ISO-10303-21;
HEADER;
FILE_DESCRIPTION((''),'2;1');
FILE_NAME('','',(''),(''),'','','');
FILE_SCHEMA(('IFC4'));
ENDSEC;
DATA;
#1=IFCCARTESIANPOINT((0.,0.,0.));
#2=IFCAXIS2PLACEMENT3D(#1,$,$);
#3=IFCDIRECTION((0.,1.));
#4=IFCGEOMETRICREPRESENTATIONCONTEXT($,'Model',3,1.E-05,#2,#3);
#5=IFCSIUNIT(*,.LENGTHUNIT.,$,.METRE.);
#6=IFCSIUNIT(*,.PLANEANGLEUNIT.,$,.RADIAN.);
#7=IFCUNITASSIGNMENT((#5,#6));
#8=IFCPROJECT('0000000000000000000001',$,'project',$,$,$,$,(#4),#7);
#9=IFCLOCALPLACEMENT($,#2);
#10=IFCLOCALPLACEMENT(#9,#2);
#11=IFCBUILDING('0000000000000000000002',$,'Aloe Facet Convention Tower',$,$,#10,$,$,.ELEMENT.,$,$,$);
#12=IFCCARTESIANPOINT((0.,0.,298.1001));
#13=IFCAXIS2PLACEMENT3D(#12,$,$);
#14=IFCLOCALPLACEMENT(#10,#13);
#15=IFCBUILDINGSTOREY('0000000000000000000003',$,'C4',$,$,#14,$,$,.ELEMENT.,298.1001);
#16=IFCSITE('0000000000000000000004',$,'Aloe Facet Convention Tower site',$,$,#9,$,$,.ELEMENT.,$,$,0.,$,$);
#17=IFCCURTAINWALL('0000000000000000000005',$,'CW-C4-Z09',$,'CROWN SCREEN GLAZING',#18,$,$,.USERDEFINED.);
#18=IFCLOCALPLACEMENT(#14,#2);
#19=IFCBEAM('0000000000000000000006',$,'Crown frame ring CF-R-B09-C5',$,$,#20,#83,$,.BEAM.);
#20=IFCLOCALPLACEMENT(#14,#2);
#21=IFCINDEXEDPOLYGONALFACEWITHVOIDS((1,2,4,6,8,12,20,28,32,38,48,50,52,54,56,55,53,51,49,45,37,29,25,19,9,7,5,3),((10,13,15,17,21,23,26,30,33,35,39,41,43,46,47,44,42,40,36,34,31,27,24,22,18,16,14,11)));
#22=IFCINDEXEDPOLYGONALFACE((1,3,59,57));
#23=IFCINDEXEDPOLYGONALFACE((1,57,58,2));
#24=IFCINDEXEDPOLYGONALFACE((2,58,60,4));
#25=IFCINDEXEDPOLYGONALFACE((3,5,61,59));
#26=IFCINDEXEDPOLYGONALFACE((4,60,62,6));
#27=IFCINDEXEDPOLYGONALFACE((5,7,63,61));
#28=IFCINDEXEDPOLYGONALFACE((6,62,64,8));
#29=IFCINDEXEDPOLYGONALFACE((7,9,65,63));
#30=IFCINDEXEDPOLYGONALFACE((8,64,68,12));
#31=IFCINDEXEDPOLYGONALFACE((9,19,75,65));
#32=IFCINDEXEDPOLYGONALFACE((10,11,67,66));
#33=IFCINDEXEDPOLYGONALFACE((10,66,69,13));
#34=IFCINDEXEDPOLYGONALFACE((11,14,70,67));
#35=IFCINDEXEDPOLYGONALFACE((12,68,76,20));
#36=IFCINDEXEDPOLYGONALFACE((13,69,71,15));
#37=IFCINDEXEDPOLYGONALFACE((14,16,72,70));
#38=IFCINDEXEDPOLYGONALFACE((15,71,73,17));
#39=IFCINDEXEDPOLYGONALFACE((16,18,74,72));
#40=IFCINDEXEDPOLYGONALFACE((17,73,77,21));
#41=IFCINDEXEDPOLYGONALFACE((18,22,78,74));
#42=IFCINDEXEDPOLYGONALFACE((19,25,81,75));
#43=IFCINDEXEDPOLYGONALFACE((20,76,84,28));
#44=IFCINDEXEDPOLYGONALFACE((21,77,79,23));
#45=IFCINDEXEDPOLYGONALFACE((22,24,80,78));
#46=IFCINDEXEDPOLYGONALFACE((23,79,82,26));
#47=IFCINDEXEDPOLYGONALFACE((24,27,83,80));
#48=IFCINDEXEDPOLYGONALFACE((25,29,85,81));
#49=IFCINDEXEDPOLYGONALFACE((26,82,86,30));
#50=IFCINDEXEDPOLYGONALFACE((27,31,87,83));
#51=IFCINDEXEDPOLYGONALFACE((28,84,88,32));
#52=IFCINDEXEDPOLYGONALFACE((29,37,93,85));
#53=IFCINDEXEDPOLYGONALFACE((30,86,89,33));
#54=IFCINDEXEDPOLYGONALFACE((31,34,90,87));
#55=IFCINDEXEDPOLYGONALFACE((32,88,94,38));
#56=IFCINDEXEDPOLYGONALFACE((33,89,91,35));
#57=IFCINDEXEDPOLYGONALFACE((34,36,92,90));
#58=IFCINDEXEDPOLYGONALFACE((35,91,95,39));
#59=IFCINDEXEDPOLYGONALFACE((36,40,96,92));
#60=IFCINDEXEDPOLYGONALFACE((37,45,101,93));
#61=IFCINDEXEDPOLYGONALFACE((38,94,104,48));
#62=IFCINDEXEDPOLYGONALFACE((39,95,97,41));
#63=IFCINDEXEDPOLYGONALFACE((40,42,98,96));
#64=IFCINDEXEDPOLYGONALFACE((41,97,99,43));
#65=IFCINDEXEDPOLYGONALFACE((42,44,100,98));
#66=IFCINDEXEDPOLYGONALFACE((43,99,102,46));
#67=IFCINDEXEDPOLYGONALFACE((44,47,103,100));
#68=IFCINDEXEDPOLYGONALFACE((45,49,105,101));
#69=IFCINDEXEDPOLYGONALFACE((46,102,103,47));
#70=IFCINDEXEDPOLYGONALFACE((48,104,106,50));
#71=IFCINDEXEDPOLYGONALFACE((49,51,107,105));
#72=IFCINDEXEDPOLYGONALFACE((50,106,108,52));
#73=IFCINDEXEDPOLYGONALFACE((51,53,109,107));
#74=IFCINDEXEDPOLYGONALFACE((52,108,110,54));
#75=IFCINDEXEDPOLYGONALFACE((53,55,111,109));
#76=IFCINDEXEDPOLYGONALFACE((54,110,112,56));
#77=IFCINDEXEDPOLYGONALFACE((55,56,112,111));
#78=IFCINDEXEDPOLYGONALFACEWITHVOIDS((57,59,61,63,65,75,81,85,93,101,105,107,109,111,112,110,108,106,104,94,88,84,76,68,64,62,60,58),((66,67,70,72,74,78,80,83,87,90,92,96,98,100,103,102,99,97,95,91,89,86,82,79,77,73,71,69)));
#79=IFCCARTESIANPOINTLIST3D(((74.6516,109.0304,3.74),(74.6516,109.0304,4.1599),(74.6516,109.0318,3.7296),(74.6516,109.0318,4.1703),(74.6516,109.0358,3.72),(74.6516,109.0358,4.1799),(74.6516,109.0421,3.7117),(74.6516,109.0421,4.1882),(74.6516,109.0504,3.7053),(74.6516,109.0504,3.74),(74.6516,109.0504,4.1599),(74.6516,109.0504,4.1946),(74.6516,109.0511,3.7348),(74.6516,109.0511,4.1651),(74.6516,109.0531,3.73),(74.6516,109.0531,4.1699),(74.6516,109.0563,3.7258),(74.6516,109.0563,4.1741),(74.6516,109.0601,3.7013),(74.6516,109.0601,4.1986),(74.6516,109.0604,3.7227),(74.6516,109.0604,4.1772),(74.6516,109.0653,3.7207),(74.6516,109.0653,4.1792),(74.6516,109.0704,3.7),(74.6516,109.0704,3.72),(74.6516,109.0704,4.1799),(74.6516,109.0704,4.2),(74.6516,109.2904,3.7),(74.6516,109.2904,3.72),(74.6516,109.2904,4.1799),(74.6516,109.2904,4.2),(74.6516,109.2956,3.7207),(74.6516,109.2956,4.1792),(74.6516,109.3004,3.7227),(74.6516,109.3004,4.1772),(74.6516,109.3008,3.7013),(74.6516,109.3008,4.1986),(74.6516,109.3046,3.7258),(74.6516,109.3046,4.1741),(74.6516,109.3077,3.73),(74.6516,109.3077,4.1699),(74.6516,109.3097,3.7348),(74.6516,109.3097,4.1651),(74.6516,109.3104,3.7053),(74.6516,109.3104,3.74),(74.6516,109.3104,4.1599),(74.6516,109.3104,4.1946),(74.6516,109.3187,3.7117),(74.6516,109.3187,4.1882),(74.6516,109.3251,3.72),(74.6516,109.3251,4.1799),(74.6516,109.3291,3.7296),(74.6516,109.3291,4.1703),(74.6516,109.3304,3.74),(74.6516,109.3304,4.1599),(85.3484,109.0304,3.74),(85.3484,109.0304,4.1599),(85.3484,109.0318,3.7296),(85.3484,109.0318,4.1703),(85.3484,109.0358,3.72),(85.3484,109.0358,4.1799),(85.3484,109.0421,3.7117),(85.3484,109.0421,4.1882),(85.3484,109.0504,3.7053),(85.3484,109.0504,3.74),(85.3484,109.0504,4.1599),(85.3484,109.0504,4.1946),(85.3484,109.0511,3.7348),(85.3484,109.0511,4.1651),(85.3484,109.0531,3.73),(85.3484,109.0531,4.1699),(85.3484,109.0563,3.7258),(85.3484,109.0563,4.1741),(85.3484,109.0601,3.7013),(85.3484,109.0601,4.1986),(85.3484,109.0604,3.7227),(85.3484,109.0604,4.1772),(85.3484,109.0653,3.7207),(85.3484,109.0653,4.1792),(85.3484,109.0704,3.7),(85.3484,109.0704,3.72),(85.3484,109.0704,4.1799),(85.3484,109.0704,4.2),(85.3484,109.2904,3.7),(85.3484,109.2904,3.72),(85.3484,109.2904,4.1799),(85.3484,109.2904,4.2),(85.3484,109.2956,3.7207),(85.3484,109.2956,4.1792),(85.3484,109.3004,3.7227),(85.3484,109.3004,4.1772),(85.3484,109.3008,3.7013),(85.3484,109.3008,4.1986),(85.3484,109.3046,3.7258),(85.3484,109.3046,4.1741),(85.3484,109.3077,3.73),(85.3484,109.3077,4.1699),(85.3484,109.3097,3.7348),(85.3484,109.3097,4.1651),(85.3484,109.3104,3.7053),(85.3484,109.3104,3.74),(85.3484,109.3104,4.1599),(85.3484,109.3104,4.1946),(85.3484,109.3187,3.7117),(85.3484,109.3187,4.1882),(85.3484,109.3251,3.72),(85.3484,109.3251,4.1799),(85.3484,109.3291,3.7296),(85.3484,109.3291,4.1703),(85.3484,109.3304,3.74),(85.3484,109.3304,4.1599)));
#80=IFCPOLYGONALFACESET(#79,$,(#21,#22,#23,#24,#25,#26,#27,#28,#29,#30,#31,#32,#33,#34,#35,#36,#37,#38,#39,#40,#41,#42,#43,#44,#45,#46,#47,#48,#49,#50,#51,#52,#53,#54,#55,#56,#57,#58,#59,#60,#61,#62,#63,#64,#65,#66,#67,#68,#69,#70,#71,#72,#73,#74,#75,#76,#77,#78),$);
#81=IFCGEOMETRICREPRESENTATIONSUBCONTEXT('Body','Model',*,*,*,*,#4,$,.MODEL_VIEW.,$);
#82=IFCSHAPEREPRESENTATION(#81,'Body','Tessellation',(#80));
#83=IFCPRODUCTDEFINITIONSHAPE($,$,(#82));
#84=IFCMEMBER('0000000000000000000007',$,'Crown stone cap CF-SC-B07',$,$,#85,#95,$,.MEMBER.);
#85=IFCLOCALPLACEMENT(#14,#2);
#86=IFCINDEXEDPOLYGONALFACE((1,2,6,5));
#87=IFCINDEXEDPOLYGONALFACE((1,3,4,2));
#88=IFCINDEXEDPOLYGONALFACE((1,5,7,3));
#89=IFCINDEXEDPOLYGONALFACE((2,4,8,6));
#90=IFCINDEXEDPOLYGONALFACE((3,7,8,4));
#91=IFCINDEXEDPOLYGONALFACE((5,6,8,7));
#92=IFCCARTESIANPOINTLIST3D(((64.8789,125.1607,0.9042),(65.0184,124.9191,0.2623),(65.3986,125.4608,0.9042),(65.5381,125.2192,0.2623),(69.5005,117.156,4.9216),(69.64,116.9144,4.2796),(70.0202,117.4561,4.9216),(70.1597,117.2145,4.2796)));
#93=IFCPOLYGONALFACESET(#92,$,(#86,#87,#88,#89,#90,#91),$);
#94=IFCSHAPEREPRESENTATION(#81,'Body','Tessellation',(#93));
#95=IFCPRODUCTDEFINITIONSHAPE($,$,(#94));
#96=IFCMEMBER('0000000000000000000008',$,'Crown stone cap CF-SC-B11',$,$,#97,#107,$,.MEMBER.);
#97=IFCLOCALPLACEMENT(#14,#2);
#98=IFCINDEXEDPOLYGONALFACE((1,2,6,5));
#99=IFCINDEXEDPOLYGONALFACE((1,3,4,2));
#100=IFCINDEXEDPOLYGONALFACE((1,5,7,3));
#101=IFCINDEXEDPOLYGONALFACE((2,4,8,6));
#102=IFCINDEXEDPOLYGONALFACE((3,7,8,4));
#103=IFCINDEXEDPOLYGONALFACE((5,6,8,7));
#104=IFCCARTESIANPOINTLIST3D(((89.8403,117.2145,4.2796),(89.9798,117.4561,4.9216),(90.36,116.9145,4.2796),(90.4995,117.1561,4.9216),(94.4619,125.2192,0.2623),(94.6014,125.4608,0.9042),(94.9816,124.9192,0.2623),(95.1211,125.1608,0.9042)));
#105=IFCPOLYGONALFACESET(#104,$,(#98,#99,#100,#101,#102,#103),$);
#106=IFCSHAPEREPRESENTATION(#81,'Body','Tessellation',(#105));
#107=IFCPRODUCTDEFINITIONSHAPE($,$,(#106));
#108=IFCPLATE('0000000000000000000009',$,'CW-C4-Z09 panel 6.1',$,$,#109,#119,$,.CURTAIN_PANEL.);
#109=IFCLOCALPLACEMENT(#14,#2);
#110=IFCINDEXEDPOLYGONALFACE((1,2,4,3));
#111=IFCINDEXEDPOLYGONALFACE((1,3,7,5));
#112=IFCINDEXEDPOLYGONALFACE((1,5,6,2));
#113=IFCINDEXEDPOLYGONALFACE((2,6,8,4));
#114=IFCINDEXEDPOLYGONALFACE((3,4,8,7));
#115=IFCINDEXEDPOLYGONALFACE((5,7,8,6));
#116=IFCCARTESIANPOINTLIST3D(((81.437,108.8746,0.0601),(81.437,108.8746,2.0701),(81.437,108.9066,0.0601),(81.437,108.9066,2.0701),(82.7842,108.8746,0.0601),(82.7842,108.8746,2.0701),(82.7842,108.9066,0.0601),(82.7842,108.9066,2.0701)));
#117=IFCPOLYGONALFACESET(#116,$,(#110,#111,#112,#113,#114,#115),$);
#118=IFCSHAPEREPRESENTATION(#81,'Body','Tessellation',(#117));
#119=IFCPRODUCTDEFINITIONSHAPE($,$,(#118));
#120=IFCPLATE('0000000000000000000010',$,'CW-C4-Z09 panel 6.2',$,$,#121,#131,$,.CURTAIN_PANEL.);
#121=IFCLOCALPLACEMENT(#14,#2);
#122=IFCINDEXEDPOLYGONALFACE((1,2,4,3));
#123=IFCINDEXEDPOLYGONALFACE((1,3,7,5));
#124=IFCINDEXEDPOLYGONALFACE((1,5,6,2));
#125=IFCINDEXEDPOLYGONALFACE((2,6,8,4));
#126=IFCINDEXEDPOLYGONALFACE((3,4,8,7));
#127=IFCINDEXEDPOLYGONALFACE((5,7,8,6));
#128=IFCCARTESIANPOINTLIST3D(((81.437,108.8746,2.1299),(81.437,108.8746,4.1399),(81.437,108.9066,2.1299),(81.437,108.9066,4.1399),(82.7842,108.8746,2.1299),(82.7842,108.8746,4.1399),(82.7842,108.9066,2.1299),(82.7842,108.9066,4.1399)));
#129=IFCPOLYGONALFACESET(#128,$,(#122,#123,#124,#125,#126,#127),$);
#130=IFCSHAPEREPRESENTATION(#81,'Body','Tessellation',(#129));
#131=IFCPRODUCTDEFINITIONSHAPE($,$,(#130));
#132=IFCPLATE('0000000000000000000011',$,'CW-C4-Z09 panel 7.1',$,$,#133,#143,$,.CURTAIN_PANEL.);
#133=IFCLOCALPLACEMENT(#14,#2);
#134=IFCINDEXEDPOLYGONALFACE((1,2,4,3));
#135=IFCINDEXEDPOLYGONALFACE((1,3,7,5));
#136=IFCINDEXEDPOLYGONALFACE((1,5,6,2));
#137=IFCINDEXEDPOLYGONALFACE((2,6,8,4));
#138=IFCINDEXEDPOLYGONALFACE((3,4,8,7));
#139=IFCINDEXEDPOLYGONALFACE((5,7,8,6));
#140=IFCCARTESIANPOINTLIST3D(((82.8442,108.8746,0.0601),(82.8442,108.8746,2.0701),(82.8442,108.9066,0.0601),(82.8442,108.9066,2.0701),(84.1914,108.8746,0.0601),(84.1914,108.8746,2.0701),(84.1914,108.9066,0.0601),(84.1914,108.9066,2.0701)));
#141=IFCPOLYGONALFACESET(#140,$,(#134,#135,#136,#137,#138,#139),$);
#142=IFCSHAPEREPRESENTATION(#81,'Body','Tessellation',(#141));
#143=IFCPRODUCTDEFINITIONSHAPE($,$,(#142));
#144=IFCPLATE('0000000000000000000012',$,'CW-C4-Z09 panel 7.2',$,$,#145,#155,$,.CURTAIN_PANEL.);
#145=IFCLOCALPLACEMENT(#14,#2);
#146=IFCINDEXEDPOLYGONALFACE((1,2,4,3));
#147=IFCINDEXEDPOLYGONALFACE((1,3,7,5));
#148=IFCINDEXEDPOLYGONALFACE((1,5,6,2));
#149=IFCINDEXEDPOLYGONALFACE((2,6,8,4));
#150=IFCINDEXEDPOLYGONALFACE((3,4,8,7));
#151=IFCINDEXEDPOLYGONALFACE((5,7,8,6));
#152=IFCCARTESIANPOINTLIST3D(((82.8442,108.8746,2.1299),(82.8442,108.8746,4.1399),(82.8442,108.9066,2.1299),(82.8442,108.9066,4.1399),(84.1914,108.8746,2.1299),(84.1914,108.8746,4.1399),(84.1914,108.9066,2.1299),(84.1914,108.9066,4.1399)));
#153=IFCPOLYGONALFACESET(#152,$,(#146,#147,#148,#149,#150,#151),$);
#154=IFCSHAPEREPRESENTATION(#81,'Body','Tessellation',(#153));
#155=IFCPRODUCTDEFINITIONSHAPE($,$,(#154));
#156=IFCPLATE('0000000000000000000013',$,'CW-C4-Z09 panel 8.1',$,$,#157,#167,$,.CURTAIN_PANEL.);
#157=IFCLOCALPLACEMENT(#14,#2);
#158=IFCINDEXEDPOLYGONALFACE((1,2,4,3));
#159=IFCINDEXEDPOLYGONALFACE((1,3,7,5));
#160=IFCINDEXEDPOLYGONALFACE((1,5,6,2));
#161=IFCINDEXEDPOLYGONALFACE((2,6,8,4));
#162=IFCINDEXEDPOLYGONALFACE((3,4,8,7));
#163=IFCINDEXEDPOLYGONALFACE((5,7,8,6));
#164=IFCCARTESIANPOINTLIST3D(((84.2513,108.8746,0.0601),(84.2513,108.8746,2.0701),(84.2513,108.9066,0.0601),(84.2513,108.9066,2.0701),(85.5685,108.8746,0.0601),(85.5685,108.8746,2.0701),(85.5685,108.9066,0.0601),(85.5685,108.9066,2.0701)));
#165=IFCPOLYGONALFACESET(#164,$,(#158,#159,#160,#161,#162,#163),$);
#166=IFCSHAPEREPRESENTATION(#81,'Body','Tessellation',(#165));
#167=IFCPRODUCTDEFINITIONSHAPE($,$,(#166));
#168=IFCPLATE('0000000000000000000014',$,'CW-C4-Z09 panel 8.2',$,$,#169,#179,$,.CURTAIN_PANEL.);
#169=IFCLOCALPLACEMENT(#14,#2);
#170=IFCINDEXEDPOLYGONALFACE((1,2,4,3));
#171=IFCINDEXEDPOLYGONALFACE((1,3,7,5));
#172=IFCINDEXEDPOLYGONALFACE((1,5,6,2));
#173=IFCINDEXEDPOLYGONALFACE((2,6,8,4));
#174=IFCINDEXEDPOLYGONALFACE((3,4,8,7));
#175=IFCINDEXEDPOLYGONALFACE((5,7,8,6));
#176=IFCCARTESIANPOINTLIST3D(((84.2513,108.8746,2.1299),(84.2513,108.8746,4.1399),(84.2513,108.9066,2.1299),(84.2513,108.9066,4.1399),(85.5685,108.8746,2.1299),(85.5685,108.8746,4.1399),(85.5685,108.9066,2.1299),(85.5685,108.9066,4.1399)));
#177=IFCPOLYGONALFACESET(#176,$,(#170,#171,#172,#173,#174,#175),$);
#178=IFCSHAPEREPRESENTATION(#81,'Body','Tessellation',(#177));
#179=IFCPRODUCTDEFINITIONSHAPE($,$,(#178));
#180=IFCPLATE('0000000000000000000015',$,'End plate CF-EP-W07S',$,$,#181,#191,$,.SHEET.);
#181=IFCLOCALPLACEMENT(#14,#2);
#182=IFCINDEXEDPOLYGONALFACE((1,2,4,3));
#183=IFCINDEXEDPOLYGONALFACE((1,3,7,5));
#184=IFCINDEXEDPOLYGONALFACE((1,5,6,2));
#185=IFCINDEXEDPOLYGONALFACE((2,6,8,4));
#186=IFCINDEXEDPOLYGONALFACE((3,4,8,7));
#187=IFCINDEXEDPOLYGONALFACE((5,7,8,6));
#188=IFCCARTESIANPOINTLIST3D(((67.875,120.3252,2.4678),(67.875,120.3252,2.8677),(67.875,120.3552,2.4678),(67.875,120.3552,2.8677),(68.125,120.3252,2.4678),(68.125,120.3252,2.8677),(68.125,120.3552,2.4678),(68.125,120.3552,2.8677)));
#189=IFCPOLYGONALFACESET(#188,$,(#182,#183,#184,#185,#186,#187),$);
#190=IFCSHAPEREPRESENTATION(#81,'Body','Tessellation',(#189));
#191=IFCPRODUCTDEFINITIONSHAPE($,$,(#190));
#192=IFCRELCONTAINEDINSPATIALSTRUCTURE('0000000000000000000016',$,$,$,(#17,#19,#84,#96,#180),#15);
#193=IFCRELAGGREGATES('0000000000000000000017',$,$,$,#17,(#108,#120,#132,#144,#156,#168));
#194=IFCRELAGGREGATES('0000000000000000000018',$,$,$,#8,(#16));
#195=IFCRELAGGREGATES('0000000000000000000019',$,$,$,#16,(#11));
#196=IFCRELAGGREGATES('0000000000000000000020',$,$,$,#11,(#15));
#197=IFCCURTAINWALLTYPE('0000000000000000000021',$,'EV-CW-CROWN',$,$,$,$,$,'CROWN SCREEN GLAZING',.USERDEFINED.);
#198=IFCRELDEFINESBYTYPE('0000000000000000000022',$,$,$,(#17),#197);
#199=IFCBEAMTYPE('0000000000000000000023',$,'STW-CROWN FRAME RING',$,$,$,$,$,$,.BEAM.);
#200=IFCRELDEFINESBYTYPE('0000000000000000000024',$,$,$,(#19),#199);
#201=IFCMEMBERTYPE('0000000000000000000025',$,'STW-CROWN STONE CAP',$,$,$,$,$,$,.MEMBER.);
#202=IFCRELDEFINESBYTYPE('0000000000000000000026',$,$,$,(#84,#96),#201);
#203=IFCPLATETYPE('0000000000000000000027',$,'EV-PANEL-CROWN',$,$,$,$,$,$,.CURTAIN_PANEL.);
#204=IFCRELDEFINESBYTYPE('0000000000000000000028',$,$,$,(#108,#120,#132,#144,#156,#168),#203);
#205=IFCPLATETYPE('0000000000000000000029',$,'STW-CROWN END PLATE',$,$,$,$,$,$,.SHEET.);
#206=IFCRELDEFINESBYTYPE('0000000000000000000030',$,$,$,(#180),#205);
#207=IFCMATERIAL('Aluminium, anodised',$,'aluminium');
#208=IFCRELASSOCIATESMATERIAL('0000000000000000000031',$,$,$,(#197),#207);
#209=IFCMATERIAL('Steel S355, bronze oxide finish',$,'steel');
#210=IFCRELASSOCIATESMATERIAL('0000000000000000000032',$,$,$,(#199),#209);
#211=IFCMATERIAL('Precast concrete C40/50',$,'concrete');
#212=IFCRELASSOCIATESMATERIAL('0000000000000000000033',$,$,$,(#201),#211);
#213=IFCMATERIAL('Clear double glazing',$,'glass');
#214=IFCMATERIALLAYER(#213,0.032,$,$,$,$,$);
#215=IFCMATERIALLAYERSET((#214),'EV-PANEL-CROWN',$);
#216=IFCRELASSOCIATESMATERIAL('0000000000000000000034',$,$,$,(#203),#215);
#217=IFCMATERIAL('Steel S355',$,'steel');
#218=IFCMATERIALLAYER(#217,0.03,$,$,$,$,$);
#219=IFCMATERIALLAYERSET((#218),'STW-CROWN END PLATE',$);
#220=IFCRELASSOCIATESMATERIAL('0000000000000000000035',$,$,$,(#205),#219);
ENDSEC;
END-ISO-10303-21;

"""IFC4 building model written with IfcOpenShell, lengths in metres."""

from ifc_helpers import new_model, si_unit, direction, frame, origin, origin_2d, place, context, subcontext, project, spatial, polyline, rectangle, hollow_rectangle, outline, extrude, material, layer, layer_set, material_profile, profile_set, type_object, element, aggregate, save


model = new_model("IFC4")

# Units and contexts
model_context = context("Model", 3, precision=1e-05, world=origin(), true_north=direction((0.0, 1.0)))
body_context = subcontext(model_context, "Body", "Model", "MODEL_VIEW")
ifc_project = project(units=[si_unit("LENGTHUNIT", "METRE"), si_unit("PLANEANGLEUNIT", "RADIAN")], contexts=[model_context])

# Site, building, storey
site_placement = place(None, origin())
site = spatial("IfcSite", under=ifc_project, at=site_placement, Name="Aloe Facet Convention Tower site", CompositionType="ELEMENT", RefElevation=0.0)
building_placement = place(site_placement, origin())
building = spatial("IfcBuilding", under=site, at=building_placement, Name="Aloe Facet Convention Tower", CompositionType="ELEMENT")
storey_placement = place(building_placement, frame((0.0, 0.0, 298.1001)))
storey = spatial("IfcBuildingStorey", under=building, at=storey_placement, Name="C4", CompositionType="ELEMENT", Elevation=298.1001)

# Curtain wall
ifc_material_1 = material(Name="Aluminium, anodised", Category="aluminium")
curtain_wall_type = type_object("IfcCurtainWallType", Name="EV-CW-CROWN", ElementType="CROWN SCREEN GLAZING", PredefinedType="USERDEFINED", material=ifc_material_1)
curtain_wall_placement = place(storey_placement, origin())
curtain_wall = element("IfcCurtainWall", 1, at=curtain_wall_placement, inside=storey, type_object=curtain_wall_type, Name="CW-C4-Z09", ObjectType="CROWN SCREEN GLAZING", PredefinedType="USERDEFINED")

# Beam
ifc_material_2 = material(Name="Steel S355, bronze oxide finish", Category="steel")
ifc_material_profile_1 = material_profile(ifc_material_2, hollow_rectangle(XDim=0.3, YDim=0.5, WallThickness=0.02, InnerFilletRadius=0.02, OuterFilletRadius=0.04, at=origin_2d()), Name="RHS 500x300x20")
ifc_profile_set_1 = profile_set([ifc_material_profile_1], Name="Steel S355, bronze oxide finish")
beam_type_1 = type_object("IfcBeamType", Name="STW-CROWN FRAME RING", PredefinedType="BEAM", material=ifc_profile_set_1)
beam_placement = place(storey_placement, frame((74.6516, 109.1804, 3.95), z_axis=(1.0, 0.0, 0.0), x_axis=(0.0, 1.0, 0.0)))
element("IfcBeam", 2, at=beam_placement, inside=storey, type_object=beam_type_1, Name="Crown frame ring CF-R-B09-C5", PredefinedType="BEAM", context=body_context, shape_type="SweptSolid", body=[
    extrude(hollow_rectangle(XDim=0.3, YDim=0.5, WallThickness=0.02, InnerFilletRadius=0.02, OuterFilletRadius=0.04, at=origin_2d()), origin(), (0.0, 0.0, 1.0), 10.6968),
])

# Members
ifc_material_3 = material(Name="Precast concrete C40/50", Category="concrete")
ifc_material_profile_2 = material_profile(ifc_material_3, rectangle(XDim=0.6001, YDim=0.7, at=origin_2d()), Name="STW-CROWN STONE CAP")
ifc_profile_set_2 = profile_set([ifc_material_profile_2], Name="Precast concrete C40/50")
member_type_1 = type_object("IfcMemberType", Name="STW-CROWN STONE CAP", PredefinedType="MEMBER", material=ifc_profile_set_2)
for number, where, z_axis, x_axis, name in (
    (3, (65.2085, 125.1899, 0.5833), (0.458567, -0.794245, 0.398612), (0.866021, 0.500008, 0.0), "Crown stone cap CF-SC-B07"),
    (4, (90.1699, 117.1853, 4.6006), (0.458567, 0.794245, -0.398612), (-0.866021, 0.500008, 0.0), "Crown stone cap CF-SC-B11"),
):
    element("IfcMember", number, at=place(storey_placement, frame(where, z_axis=z_axis, x_axis=x_axis)), inside=storey, type_object=member_type_1, Name=name, PredefinedType="MEMBER", context=body_context, shape_type="SweptSolid", body=[
        extrude(rectangle(XDim=0.6001, YDim=0.7, at=origin_2d()), origin(), (0.0, 0.0, 1.0), 10.0784),
    ])

# Plates
ifc_material_4 = material(Name="Clear double glazing", Category="glass")
ifc_layer_1 = layer(ifc_material_4, 0.032)
ifc_layer_set_1 = layer_set([ifc_layer_1], Name="EV-PANEL-CROWN")
plate_type_1 = type_object("IfcPlateType", Name="EV-PANEL-CROWN", PredefinedType="CURTAIN_PANEL", material=ifc_layer_set_1)
plate_1_placement = place(storey_placement, frame((82.1106, 108.8906, 0.0601), z_axis=(0.0, 0.0, 1.0), x_axis=(1.0, 0.0, 0.0)))
plate_1 = element("IfcPlate", 5, at=plate_1_placement, type_object=plate_type_1, Name="CW-C4-Z09 panel 6.1", PredefinedType="CURTAIN_PANEL", context=body_context, shape_type="SweptSolid", body=[
    extrude(rectangle(XDim=1.3472, YDim=0.032, at=origin_2d()), origin(), (0.0, 0.0, 1.0), 2.01),
])
plate_2_placement = place(storey_placement, frame((82.1106, 108.8906, 2.1299), z_axis=(0.0, 0.0, 1.0), x_axis=(1.0, 0.0, 0.0)))
plate_2 = element("IfcPlate", 6, at=plate_2_placement, type_object=plate_type_1, Name="CW-C4-Z09 panel 6.2", PredefinedType="CURTAIN_PANEL", context=body_context, shape_type="SweptSolid", body=[
    extrude(rectangle(XDim=1.3472, YDim=0.032, at=origin_2d()), origin(), (0.0, 0.0, 1.0), 2.01),
])
plate_3_placement = place(storey_placement, frame((83.5178, 108.8906, 0.0601), z_axis=(0.0, 0.0, 1.0), x_axis=(1.0, 0.0, 0.0)))
plate_3 = element("IfcPlate", 7, at=plate_3_placement, type_object=plate_type_1, Name="CW-C4-Z09 panel 7.1", PredefinedType="CURTAIN_PANEL", context=body_context, shape_type="SweptSolid", body=[
    extrude(rectangle(XDim=1.3472, YDim=0.032, at=origin_2d()), origin(), (0.0, 0.0, 1.0), 2.01),
])
plate_4_placement = place(storey_placement, frame((83.5178, 108.8906, 2.1299), z_axis=(0.0, 0.0, 1.0), x_axis=(1.0, 0.0, 0.0)))
plate_4 = element("IfcPlate", 8, at=plate_4_placement, type_object=plate_type_1, Name="CW-C4-Z09 panel 7.2", PredefinedType="CURTAIN_PANEL", context=body_context, shape_type="SweptSolid", body=[
    extrude(rectangle(XDim=1.3472, YDim=0.032, at=origin_2d()), origin(), (0.0, 0.0, 1.0), 2.01),
])
plate_5_placement = place(storey_placement, frame((84.9099, 108.8906, 0.0601), z_axis=(0.0, 0.0, 1.0), x_axis=(1.0, 0.0, 0.0)))
plate_5 = element("IfcPlate", 9, at=plate_5_placement, type_object=plate_type_1, Name="CW-C4-Z09 panel 8.1", PredefinedType="CURTAIN_PANEL", context=body_context, shape_type="SweptSolid", body=[
    extrude(rectangle(XDim=1.3171, YDim=0.032, at=origin_2d()), origin(), (0.0, 0.0, 1.0), 2.01),
])
plate_6_placement = place(storey_placement, frame((84.9099, 108.8906, 2.1299), z_axis=(0.0, 0.0, 1.0), x_axis=(1.0, 0.0, 0.0)))
plate_6 = element("IfcPlate", 10, at=plate_6_placement, type_object=plate_type_1, Name="CW-C4-Z09 panel 8.2", PredefinedType="CURTAIN_PANEL", context=body_context, shape_type="SweptSolid", body=[
    extrude(rectangle(XDim=1.3171, YDim=0.032, at=origin_2d()), origin(), (0.0, 0.0, 1.0), 2.01),
])
aggregate(curtain_wall, [plate_1, plate_2, plate_3, plate_4, plate_5, plate_6])

# Plate
ifc_material_5 = material(Name="Steel S355", Category="steel")
ifc_layer_2 = layer(ifc_material_5, 0.03)
ifc_layer_set_2 = layer_set([ifc_layer_2], Name="STW-CROWN END PLATE")
plate_type_2 = type_object("IfcPlateType", Name="STW-CROWN END PLATE", PredefinedType="SHEET", material=ifc_layer_set_2)
for number, where, z_axis, x_axis, name in (
    (11, (67.875, 120.3552, 2.8677), (0.0, 1.0, 0.0), (1.0, 0.0, 0.0), "End plate CF-EP-W07S"),
):
    element("IfcPlate", number, at=place(storey_placement, frame(where, z_axis=z_axis, x_axis=x_axis)), inside=storey, type_object=plate_type_2, Name=name, PredefinedType="SHEET", context=body_context, shape_type="SweptSolid", body=[
        extrude(outline(polyline([(0.0, 0.0), (0.25, 0.0), (0.25, 0.3999), (0.0, 0.3999), (0.0, 0.0)])), origin(), (0.0, 0.0, -1.0), 0.03),
    ])

save(model, "model.ifc")
